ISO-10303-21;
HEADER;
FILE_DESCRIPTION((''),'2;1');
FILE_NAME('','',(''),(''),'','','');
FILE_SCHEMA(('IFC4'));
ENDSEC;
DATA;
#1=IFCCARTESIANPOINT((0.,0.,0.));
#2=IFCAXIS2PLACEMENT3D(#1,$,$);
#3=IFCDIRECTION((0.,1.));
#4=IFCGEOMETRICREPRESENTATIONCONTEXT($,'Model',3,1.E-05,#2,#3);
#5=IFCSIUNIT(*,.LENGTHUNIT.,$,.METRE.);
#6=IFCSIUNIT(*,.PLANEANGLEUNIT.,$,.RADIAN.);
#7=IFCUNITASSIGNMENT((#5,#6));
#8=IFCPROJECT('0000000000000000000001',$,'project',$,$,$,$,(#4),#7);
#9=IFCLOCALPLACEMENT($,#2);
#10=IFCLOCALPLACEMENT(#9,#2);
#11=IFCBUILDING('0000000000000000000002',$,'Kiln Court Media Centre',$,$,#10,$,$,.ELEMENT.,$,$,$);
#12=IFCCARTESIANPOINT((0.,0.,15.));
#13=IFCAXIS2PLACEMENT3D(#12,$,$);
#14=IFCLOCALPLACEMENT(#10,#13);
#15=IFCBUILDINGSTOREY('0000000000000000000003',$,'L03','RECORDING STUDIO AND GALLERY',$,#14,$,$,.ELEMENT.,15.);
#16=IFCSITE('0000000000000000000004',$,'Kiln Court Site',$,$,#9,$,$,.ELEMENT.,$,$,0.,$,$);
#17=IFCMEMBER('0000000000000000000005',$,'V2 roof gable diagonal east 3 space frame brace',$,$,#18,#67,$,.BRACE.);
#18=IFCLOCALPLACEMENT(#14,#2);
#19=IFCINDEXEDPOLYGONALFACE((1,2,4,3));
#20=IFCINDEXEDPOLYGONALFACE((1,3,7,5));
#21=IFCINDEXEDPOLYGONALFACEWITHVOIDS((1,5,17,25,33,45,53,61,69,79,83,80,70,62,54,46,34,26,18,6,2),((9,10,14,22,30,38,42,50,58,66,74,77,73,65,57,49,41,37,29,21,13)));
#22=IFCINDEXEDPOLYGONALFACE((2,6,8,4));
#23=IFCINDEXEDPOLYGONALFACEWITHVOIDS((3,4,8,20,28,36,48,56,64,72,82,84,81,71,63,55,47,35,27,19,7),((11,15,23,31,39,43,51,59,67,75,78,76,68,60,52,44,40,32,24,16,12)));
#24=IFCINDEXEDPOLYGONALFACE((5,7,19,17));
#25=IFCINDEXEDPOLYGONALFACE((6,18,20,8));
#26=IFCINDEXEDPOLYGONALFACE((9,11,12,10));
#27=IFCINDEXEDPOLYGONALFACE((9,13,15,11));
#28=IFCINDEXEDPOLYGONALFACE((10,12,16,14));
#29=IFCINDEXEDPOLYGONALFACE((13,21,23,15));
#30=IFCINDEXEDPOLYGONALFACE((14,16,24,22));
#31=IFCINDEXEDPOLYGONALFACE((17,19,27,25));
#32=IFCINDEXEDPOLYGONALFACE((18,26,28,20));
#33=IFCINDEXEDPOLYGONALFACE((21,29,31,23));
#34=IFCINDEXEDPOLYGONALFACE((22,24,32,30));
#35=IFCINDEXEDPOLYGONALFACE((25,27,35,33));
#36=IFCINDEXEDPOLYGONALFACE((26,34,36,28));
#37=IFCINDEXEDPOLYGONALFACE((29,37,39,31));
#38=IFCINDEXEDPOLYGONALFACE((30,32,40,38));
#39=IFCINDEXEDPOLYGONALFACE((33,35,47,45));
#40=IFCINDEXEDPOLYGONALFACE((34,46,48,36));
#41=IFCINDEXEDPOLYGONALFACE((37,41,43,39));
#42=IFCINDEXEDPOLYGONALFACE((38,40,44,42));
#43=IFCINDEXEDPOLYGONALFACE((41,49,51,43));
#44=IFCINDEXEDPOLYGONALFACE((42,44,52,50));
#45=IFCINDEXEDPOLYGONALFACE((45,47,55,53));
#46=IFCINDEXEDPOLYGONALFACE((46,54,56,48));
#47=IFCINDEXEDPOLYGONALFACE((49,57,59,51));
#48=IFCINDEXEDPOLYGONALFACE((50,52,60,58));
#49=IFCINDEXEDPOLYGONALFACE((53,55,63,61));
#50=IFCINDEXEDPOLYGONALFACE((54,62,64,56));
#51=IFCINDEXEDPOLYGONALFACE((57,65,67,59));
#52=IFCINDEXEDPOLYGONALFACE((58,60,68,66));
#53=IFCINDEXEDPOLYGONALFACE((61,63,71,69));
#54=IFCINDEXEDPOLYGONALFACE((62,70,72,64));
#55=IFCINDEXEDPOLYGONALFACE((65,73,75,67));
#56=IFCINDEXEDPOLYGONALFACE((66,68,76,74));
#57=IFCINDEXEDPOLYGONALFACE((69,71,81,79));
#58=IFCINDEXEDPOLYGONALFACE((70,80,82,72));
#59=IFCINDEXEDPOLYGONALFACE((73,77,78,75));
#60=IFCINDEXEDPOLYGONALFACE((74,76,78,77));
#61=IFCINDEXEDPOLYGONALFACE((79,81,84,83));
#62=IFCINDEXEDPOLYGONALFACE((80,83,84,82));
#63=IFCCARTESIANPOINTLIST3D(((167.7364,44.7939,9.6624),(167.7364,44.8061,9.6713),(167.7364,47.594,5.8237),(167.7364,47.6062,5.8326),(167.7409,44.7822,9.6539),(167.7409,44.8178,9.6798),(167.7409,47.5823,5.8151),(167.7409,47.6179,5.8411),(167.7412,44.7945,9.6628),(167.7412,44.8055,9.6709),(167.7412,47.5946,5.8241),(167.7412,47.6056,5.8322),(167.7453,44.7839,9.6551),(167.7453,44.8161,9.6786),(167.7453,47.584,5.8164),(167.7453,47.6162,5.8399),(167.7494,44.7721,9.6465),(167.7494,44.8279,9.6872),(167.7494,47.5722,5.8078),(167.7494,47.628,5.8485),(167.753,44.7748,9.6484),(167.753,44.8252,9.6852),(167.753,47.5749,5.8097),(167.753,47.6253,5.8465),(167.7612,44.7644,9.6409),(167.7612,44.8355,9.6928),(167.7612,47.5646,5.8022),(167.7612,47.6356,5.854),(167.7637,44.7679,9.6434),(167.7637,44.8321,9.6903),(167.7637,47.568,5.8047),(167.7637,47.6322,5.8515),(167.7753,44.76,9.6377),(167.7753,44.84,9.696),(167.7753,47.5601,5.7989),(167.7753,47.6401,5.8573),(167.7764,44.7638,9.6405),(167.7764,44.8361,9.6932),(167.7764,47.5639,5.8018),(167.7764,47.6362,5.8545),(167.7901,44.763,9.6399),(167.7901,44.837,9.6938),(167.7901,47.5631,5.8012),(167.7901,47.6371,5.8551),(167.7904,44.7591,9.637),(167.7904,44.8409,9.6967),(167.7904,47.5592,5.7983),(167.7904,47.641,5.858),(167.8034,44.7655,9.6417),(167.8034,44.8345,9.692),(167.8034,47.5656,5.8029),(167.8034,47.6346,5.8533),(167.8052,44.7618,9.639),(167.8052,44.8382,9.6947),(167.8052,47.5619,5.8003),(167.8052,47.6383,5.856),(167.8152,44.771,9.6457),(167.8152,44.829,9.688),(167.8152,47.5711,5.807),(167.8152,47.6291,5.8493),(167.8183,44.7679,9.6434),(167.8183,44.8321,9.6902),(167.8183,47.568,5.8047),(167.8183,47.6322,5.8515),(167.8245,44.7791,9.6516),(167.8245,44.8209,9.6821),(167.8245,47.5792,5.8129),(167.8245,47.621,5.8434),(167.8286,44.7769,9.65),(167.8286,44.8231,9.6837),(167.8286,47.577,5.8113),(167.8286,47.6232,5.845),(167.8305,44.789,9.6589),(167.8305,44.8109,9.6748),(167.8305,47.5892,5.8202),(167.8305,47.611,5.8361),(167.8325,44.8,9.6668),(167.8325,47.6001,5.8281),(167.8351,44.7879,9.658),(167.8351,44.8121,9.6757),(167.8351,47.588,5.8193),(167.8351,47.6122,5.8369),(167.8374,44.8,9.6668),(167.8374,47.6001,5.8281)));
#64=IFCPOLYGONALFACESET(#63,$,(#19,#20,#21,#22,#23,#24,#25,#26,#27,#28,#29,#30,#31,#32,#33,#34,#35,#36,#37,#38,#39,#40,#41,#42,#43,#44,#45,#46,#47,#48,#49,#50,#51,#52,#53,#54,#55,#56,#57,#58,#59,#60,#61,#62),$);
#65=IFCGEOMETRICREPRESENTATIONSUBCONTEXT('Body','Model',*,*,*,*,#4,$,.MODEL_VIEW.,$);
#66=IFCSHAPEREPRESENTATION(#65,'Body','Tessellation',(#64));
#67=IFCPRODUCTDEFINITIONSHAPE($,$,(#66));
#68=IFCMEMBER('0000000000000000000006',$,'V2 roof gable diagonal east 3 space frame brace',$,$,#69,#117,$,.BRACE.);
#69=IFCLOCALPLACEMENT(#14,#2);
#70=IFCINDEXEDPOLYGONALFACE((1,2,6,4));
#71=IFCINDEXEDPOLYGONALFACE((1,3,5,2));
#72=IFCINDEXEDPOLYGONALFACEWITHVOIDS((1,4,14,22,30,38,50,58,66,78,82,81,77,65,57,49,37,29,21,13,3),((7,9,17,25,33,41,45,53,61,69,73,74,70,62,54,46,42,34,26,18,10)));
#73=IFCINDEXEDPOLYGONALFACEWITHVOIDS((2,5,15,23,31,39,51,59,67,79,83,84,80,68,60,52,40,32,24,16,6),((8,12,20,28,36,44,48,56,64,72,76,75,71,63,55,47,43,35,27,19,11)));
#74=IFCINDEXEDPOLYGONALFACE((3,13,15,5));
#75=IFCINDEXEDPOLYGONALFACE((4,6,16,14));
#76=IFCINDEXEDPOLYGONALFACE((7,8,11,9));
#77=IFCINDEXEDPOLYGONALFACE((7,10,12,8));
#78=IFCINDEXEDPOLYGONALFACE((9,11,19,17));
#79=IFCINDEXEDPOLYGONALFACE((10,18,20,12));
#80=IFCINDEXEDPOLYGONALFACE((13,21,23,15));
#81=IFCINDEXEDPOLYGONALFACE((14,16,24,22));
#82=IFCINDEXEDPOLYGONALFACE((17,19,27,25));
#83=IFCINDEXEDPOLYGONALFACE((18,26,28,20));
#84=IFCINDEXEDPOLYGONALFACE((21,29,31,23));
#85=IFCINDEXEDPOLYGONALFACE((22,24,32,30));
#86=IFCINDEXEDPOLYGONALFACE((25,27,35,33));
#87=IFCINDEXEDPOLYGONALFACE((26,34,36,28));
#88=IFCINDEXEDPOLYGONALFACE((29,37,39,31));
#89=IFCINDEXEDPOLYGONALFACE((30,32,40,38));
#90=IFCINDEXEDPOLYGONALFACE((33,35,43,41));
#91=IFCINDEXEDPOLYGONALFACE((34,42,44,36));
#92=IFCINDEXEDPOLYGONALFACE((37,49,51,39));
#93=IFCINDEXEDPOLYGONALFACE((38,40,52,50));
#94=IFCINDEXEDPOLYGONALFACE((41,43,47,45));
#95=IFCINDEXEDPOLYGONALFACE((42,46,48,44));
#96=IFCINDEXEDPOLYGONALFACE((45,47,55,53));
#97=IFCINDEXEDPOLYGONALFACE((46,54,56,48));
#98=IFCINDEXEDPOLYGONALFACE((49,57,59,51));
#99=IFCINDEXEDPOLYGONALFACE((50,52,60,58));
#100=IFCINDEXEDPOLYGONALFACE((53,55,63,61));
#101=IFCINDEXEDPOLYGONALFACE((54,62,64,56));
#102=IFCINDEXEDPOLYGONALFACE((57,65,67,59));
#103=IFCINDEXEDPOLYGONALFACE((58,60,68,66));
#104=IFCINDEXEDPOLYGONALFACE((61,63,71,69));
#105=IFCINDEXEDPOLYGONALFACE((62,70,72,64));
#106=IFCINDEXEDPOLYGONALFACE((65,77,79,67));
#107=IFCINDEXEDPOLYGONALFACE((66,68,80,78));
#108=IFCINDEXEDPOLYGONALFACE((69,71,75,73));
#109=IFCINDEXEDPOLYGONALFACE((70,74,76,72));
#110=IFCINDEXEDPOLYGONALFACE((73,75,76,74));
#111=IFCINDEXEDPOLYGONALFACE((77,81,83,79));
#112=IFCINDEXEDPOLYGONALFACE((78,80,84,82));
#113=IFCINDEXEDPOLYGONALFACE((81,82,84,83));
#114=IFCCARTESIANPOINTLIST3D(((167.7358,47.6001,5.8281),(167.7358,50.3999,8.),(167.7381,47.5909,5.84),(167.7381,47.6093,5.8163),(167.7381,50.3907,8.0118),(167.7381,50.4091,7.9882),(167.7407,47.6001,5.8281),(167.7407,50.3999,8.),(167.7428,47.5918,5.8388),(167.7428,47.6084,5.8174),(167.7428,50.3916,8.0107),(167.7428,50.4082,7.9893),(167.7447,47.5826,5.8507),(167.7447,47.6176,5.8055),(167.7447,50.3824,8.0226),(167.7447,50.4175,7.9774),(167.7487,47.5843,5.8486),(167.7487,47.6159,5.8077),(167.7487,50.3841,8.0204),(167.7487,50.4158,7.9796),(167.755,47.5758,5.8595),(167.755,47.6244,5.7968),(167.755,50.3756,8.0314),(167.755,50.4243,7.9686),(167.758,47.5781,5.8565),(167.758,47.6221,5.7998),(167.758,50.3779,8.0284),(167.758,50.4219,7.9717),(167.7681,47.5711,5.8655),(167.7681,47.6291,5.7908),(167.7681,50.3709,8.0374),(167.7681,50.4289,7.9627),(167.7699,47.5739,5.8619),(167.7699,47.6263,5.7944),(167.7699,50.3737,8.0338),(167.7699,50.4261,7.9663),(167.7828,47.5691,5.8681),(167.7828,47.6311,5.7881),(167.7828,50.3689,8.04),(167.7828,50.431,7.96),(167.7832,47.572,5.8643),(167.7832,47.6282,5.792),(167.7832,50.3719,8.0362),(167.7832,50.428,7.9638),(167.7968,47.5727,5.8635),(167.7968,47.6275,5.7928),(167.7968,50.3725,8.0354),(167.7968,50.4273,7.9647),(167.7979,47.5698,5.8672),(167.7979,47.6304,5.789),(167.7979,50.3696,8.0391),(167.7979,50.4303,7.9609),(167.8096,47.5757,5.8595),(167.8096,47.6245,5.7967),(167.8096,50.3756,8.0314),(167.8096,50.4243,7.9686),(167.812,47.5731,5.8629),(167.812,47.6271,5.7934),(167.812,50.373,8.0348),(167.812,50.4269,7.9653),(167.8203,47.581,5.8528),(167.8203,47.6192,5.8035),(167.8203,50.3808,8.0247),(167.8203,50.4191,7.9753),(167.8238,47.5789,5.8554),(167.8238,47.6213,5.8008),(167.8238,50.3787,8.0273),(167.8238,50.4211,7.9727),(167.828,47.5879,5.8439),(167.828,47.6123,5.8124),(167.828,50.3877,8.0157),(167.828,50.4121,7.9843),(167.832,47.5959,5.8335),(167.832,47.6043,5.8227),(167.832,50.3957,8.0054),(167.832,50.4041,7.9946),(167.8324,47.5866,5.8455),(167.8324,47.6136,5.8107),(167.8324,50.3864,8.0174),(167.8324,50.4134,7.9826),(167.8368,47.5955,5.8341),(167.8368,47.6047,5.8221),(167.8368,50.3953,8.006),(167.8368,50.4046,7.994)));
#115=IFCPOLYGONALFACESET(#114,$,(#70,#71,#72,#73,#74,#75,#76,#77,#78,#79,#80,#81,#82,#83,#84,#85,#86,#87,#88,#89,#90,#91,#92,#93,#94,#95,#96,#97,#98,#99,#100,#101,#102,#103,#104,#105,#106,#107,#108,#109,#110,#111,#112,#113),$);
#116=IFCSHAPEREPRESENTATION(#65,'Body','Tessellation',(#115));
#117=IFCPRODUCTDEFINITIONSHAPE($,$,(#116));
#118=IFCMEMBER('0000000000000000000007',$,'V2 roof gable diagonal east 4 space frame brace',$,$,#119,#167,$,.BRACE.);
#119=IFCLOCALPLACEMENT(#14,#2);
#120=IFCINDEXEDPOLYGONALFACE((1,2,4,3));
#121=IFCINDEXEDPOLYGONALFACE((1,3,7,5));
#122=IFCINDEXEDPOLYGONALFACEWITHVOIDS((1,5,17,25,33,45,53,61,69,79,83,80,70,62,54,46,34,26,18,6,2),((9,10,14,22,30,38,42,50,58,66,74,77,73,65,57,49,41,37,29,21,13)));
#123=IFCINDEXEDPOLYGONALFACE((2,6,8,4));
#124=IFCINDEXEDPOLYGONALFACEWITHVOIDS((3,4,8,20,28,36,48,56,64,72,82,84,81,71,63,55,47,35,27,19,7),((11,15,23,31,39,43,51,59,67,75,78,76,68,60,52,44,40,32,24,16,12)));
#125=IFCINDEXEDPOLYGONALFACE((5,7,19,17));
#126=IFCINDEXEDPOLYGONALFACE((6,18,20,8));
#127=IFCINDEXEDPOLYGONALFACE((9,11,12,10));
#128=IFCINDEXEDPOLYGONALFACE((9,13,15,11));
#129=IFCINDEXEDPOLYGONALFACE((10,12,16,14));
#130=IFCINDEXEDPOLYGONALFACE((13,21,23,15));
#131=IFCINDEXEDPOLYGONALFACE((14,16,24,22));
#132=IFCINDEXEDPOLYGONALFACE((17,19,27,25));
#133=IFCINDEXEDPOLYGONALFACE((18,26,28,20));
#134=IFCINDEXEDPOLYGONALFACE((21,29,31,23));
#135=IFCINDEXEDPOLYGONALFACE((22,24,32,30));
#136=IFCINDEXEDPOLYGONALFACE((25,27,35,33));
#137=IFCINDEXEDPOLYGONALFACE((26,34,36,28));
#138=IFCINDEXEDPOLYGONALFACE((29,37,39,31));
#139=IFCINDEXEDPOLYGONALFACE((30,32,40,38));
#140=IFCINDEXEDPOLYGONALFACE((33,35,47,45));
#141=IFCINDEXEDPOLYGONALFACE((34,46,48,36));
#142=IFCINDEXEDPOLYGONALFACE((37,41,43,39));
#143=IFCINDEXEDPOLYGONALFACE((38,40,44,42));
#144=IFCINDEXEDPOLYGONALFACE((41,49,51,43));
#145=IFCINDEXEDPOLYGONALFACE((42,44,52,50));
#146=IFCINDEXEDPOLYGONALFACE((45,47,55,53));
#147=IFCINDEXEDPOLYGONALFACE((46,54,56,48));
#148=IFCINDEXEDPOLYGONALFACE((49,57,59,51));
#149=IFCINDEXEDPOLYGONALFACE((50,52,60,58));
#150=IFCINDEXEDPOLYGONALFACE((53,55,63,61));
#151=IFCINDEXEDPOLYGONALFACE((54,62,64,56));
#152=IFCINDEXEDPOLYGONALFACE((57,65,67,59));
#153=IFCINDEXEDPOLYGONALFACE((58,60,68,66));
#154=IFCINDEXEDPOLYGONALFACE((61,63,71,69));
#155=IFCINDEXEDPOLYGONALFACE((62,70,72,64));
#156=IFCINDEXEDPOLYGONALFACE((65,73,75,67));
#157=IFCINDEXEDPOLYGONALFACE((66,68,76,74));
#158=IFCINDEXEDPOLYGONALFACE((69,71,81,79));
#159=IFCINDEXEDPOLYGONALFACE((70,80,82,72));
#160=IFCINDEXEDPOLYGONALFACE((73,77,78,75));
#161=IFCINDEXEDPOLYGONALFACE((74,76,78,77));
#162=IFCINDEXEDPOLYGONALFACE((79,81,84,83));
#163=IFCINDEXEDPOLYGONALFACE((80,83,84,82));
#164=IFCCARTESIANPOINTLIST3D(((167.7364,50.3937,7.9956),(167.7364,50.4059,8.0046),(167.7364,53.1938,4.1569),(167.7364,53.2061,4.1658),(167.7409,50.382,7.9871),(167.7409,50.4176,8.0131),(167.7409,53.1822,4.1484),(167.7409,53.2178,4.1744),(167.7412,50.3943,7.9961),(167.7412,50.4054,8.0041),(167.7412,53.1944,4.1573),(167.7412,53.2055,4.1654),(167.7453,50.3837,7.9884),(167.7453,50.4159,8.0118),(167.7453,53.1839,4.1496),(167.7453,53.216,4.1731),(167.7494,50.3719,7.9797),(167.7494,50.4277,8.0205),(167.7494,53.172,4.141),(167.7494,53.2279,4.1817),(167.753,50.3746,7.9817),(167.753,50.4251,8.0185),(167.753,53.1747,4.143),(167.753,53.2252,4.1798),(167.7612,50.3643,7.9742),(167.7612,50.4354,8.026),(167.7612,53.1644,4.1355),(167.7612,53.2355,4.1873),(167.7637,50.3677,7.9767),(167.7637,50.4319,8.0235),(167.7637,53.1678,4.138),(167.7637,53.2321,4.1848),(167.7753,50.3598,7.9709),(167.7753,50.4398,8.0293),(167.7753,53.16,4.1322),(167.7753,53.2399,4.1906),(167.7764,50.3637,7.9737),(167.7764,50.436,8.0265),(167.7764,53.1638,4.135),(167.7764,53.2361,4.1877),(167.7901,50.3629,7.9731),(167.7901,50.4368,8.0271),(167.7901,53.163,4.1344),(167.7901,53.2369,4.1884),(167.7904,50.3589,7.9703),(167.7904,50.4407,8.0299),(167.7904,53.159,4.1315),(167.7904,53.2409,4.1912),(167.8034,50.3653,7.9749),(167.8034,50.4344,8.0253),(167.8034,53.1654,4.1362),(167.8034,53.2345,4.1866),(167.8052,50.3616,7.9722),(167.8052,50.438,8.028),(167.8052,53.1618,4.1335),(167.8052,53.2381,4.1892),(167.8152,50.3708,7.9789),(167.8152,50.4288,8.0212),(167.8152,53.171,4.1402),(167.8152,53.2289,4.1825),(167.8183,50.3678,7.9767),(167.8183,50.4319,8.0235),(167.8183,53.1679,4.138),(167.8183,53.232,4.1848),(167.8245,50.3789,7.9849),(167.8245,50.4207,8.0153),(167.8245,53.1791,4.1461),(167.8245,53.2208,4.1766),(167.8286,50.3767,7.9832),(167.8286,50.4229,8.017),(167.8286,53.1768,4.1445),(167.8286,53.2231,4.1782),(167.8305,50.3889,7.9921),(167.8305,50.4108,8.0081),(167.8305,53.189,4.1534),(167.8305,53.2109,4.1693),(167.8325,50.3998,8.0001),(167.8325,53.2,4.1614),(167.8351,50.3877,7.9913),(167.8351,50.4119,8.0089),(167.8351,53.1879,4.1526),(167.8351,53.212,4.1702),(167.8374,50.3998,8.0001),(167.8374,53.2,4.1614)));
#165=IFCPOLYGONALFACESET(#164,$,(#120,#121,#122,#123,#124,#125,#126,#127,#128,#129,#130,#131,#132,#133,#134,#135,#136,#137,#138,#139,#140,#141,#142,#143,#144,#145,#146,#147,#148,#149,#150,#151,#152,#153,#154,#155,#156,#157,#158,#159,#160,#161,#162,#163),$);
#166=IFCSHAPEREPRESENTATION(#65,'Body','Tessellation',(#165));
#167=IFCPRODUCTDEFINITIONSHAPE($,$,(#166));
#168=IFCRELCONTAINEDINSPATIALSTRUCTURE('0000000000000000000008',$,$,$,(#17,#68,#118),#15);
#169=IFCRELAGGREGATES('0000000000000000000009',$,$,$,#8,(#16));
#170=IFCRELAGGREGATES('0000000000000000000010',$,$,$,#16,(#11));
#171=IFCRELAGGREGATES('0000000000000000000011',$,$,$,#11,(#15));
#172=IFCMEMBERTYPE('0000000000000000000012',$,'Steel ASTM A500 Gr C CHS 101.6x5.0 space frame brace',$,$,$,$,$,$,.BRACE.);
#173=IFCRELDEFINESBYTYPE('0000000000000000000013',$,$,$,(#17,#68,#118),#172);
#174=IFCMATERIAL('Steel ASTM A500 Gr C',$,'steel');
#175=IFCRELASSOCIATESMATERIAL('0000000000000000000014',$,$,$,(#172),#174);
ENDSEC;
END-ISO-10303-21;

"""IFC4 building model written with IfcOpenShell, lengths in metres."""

from ifc_helpers import new_model, si_unit, direction, frame, origin, origin_2d, place, context, subcontext, project, spatial, hollow_circle, extrude, material, material_profile, profile_set, type_object, element, save


model = new_model("IFC4")

# Units and contexts
model_context = context("Model", 3, precision=1e-05, world=origin(), true_north=direction((0.0, 1.0)))
body_context = subcontext(model_context, "Body", "Model", "MODEL_VIEW")
ifc_project = project(units=[si_unit("LENGTHUNIT", "METRE"), si_unit("PLANEANGLEUNIT", "RADIAN")], contexts=[model_context])

# Site, building, storey
site_placement = place(None, origin())
site = spatial("IfcSite", under=ifc_project, at=site_placement, Name="Kiln Court Site", CompositionType="ELEMENT", RefElevation=0.0)
building_placement = place(site_placement, origin())
building = spatial("IfcBuilding", under=site, at=building_placement, Name="Kiln Court Media Centre", CompositionType="ELEMENT")
storey_placement = place(building_placement, frame((0.0, 0.0, 15.0)))
storey = spatial("IfcBuildingStorey", under=building, at=storey_placement, Name="L03", Description="RECORDING STUDIO AND GALLERY", CompositionType="ELEMENT", Elevation=15.0)

# Members
ifc_material_1 = material(Name="Steel ASTM A500 Gr C", Category="steel")
ifc_material_profile_1 = material_profile(ifc_material_1, hollow_circle(Radius=0.0508, WallThickness=0.0049, at=origin_2d()), Name="CHS 101.6x5.0")
ifc_profile_set_1 = profile_set([ifc_material_profile_1], Name="Steel ASTM A500 Gr C")
member_type_1 = type_object("IfcMemberType", Name="Steel ASTM A500 Gr C CHS 101.6x5.0 space frame brace", PredefinedType="BRACE", material=ifc_profile_set_1)
member_1_placement = place(storey_placement, frame((167.7866, 47.6001, 5.8281), z_axis=(0.0, -0.589317, 0.807902), x_axis=(1.0, 0.0, 0.0)))
element("IfcMember", 1, at=member_1_placement, inside=storey, type_object=member_type_1, Name="V2 roof gable diagonal east 3 space frame brace", PredefinedType="BRACE", context=body_context, shape_type="SweptSolid", body=[
    extrude(hollow_circle(Radius=0.0508, WallThickness=0.0049, at=origin_2d()), origin(), (0.0, 0.0, 1.0), 4.7515),
])
member_2_placement = place(storey_placement, frame((167.7866, 47.6001, 5.8281), z_axis=(0.0, 0.790138, 0.612929), x_axis=(-1.0, 0.0, 0.0)))
element("IfcMember", 2, at=member_2_placement, inside=storey, type_object=member_type_1, Name="V2 roof gable diagonal east 3 space frame brace", PredefinedType="BRACE", context=body_context, shape_type="SweptSolid", body=[
    extrude(hollow_circle(Radius=0.0508, WallThickness=0.0049, at=origin_2d()), origin(), (0.0, 0.0, 1.0), 3.5435),
])
member_3_placement = place(storey_placement, frame((167.7866, 53.2, 4.1614), z_axis=(0.0, -0.589317, 0.807902), x_axis=(1.0, 0.0, 0.0)))
element("IfcMember", 3, at=member_3_placement, inside=storey, type_object=member_type_1, Name="V2 roof gable diagonal east 4 space frame brace", PredefinedType="BRACE", context=body_context, shape_type="SweptSolid", body=[
    extrude(hollow_circle(Radius=0.0508, WallThickness=0.0049, at=origin_2d()), origin(), (0.0, 0.0, 1.0), 4.7515),
])

save(model, "model.ifc")
